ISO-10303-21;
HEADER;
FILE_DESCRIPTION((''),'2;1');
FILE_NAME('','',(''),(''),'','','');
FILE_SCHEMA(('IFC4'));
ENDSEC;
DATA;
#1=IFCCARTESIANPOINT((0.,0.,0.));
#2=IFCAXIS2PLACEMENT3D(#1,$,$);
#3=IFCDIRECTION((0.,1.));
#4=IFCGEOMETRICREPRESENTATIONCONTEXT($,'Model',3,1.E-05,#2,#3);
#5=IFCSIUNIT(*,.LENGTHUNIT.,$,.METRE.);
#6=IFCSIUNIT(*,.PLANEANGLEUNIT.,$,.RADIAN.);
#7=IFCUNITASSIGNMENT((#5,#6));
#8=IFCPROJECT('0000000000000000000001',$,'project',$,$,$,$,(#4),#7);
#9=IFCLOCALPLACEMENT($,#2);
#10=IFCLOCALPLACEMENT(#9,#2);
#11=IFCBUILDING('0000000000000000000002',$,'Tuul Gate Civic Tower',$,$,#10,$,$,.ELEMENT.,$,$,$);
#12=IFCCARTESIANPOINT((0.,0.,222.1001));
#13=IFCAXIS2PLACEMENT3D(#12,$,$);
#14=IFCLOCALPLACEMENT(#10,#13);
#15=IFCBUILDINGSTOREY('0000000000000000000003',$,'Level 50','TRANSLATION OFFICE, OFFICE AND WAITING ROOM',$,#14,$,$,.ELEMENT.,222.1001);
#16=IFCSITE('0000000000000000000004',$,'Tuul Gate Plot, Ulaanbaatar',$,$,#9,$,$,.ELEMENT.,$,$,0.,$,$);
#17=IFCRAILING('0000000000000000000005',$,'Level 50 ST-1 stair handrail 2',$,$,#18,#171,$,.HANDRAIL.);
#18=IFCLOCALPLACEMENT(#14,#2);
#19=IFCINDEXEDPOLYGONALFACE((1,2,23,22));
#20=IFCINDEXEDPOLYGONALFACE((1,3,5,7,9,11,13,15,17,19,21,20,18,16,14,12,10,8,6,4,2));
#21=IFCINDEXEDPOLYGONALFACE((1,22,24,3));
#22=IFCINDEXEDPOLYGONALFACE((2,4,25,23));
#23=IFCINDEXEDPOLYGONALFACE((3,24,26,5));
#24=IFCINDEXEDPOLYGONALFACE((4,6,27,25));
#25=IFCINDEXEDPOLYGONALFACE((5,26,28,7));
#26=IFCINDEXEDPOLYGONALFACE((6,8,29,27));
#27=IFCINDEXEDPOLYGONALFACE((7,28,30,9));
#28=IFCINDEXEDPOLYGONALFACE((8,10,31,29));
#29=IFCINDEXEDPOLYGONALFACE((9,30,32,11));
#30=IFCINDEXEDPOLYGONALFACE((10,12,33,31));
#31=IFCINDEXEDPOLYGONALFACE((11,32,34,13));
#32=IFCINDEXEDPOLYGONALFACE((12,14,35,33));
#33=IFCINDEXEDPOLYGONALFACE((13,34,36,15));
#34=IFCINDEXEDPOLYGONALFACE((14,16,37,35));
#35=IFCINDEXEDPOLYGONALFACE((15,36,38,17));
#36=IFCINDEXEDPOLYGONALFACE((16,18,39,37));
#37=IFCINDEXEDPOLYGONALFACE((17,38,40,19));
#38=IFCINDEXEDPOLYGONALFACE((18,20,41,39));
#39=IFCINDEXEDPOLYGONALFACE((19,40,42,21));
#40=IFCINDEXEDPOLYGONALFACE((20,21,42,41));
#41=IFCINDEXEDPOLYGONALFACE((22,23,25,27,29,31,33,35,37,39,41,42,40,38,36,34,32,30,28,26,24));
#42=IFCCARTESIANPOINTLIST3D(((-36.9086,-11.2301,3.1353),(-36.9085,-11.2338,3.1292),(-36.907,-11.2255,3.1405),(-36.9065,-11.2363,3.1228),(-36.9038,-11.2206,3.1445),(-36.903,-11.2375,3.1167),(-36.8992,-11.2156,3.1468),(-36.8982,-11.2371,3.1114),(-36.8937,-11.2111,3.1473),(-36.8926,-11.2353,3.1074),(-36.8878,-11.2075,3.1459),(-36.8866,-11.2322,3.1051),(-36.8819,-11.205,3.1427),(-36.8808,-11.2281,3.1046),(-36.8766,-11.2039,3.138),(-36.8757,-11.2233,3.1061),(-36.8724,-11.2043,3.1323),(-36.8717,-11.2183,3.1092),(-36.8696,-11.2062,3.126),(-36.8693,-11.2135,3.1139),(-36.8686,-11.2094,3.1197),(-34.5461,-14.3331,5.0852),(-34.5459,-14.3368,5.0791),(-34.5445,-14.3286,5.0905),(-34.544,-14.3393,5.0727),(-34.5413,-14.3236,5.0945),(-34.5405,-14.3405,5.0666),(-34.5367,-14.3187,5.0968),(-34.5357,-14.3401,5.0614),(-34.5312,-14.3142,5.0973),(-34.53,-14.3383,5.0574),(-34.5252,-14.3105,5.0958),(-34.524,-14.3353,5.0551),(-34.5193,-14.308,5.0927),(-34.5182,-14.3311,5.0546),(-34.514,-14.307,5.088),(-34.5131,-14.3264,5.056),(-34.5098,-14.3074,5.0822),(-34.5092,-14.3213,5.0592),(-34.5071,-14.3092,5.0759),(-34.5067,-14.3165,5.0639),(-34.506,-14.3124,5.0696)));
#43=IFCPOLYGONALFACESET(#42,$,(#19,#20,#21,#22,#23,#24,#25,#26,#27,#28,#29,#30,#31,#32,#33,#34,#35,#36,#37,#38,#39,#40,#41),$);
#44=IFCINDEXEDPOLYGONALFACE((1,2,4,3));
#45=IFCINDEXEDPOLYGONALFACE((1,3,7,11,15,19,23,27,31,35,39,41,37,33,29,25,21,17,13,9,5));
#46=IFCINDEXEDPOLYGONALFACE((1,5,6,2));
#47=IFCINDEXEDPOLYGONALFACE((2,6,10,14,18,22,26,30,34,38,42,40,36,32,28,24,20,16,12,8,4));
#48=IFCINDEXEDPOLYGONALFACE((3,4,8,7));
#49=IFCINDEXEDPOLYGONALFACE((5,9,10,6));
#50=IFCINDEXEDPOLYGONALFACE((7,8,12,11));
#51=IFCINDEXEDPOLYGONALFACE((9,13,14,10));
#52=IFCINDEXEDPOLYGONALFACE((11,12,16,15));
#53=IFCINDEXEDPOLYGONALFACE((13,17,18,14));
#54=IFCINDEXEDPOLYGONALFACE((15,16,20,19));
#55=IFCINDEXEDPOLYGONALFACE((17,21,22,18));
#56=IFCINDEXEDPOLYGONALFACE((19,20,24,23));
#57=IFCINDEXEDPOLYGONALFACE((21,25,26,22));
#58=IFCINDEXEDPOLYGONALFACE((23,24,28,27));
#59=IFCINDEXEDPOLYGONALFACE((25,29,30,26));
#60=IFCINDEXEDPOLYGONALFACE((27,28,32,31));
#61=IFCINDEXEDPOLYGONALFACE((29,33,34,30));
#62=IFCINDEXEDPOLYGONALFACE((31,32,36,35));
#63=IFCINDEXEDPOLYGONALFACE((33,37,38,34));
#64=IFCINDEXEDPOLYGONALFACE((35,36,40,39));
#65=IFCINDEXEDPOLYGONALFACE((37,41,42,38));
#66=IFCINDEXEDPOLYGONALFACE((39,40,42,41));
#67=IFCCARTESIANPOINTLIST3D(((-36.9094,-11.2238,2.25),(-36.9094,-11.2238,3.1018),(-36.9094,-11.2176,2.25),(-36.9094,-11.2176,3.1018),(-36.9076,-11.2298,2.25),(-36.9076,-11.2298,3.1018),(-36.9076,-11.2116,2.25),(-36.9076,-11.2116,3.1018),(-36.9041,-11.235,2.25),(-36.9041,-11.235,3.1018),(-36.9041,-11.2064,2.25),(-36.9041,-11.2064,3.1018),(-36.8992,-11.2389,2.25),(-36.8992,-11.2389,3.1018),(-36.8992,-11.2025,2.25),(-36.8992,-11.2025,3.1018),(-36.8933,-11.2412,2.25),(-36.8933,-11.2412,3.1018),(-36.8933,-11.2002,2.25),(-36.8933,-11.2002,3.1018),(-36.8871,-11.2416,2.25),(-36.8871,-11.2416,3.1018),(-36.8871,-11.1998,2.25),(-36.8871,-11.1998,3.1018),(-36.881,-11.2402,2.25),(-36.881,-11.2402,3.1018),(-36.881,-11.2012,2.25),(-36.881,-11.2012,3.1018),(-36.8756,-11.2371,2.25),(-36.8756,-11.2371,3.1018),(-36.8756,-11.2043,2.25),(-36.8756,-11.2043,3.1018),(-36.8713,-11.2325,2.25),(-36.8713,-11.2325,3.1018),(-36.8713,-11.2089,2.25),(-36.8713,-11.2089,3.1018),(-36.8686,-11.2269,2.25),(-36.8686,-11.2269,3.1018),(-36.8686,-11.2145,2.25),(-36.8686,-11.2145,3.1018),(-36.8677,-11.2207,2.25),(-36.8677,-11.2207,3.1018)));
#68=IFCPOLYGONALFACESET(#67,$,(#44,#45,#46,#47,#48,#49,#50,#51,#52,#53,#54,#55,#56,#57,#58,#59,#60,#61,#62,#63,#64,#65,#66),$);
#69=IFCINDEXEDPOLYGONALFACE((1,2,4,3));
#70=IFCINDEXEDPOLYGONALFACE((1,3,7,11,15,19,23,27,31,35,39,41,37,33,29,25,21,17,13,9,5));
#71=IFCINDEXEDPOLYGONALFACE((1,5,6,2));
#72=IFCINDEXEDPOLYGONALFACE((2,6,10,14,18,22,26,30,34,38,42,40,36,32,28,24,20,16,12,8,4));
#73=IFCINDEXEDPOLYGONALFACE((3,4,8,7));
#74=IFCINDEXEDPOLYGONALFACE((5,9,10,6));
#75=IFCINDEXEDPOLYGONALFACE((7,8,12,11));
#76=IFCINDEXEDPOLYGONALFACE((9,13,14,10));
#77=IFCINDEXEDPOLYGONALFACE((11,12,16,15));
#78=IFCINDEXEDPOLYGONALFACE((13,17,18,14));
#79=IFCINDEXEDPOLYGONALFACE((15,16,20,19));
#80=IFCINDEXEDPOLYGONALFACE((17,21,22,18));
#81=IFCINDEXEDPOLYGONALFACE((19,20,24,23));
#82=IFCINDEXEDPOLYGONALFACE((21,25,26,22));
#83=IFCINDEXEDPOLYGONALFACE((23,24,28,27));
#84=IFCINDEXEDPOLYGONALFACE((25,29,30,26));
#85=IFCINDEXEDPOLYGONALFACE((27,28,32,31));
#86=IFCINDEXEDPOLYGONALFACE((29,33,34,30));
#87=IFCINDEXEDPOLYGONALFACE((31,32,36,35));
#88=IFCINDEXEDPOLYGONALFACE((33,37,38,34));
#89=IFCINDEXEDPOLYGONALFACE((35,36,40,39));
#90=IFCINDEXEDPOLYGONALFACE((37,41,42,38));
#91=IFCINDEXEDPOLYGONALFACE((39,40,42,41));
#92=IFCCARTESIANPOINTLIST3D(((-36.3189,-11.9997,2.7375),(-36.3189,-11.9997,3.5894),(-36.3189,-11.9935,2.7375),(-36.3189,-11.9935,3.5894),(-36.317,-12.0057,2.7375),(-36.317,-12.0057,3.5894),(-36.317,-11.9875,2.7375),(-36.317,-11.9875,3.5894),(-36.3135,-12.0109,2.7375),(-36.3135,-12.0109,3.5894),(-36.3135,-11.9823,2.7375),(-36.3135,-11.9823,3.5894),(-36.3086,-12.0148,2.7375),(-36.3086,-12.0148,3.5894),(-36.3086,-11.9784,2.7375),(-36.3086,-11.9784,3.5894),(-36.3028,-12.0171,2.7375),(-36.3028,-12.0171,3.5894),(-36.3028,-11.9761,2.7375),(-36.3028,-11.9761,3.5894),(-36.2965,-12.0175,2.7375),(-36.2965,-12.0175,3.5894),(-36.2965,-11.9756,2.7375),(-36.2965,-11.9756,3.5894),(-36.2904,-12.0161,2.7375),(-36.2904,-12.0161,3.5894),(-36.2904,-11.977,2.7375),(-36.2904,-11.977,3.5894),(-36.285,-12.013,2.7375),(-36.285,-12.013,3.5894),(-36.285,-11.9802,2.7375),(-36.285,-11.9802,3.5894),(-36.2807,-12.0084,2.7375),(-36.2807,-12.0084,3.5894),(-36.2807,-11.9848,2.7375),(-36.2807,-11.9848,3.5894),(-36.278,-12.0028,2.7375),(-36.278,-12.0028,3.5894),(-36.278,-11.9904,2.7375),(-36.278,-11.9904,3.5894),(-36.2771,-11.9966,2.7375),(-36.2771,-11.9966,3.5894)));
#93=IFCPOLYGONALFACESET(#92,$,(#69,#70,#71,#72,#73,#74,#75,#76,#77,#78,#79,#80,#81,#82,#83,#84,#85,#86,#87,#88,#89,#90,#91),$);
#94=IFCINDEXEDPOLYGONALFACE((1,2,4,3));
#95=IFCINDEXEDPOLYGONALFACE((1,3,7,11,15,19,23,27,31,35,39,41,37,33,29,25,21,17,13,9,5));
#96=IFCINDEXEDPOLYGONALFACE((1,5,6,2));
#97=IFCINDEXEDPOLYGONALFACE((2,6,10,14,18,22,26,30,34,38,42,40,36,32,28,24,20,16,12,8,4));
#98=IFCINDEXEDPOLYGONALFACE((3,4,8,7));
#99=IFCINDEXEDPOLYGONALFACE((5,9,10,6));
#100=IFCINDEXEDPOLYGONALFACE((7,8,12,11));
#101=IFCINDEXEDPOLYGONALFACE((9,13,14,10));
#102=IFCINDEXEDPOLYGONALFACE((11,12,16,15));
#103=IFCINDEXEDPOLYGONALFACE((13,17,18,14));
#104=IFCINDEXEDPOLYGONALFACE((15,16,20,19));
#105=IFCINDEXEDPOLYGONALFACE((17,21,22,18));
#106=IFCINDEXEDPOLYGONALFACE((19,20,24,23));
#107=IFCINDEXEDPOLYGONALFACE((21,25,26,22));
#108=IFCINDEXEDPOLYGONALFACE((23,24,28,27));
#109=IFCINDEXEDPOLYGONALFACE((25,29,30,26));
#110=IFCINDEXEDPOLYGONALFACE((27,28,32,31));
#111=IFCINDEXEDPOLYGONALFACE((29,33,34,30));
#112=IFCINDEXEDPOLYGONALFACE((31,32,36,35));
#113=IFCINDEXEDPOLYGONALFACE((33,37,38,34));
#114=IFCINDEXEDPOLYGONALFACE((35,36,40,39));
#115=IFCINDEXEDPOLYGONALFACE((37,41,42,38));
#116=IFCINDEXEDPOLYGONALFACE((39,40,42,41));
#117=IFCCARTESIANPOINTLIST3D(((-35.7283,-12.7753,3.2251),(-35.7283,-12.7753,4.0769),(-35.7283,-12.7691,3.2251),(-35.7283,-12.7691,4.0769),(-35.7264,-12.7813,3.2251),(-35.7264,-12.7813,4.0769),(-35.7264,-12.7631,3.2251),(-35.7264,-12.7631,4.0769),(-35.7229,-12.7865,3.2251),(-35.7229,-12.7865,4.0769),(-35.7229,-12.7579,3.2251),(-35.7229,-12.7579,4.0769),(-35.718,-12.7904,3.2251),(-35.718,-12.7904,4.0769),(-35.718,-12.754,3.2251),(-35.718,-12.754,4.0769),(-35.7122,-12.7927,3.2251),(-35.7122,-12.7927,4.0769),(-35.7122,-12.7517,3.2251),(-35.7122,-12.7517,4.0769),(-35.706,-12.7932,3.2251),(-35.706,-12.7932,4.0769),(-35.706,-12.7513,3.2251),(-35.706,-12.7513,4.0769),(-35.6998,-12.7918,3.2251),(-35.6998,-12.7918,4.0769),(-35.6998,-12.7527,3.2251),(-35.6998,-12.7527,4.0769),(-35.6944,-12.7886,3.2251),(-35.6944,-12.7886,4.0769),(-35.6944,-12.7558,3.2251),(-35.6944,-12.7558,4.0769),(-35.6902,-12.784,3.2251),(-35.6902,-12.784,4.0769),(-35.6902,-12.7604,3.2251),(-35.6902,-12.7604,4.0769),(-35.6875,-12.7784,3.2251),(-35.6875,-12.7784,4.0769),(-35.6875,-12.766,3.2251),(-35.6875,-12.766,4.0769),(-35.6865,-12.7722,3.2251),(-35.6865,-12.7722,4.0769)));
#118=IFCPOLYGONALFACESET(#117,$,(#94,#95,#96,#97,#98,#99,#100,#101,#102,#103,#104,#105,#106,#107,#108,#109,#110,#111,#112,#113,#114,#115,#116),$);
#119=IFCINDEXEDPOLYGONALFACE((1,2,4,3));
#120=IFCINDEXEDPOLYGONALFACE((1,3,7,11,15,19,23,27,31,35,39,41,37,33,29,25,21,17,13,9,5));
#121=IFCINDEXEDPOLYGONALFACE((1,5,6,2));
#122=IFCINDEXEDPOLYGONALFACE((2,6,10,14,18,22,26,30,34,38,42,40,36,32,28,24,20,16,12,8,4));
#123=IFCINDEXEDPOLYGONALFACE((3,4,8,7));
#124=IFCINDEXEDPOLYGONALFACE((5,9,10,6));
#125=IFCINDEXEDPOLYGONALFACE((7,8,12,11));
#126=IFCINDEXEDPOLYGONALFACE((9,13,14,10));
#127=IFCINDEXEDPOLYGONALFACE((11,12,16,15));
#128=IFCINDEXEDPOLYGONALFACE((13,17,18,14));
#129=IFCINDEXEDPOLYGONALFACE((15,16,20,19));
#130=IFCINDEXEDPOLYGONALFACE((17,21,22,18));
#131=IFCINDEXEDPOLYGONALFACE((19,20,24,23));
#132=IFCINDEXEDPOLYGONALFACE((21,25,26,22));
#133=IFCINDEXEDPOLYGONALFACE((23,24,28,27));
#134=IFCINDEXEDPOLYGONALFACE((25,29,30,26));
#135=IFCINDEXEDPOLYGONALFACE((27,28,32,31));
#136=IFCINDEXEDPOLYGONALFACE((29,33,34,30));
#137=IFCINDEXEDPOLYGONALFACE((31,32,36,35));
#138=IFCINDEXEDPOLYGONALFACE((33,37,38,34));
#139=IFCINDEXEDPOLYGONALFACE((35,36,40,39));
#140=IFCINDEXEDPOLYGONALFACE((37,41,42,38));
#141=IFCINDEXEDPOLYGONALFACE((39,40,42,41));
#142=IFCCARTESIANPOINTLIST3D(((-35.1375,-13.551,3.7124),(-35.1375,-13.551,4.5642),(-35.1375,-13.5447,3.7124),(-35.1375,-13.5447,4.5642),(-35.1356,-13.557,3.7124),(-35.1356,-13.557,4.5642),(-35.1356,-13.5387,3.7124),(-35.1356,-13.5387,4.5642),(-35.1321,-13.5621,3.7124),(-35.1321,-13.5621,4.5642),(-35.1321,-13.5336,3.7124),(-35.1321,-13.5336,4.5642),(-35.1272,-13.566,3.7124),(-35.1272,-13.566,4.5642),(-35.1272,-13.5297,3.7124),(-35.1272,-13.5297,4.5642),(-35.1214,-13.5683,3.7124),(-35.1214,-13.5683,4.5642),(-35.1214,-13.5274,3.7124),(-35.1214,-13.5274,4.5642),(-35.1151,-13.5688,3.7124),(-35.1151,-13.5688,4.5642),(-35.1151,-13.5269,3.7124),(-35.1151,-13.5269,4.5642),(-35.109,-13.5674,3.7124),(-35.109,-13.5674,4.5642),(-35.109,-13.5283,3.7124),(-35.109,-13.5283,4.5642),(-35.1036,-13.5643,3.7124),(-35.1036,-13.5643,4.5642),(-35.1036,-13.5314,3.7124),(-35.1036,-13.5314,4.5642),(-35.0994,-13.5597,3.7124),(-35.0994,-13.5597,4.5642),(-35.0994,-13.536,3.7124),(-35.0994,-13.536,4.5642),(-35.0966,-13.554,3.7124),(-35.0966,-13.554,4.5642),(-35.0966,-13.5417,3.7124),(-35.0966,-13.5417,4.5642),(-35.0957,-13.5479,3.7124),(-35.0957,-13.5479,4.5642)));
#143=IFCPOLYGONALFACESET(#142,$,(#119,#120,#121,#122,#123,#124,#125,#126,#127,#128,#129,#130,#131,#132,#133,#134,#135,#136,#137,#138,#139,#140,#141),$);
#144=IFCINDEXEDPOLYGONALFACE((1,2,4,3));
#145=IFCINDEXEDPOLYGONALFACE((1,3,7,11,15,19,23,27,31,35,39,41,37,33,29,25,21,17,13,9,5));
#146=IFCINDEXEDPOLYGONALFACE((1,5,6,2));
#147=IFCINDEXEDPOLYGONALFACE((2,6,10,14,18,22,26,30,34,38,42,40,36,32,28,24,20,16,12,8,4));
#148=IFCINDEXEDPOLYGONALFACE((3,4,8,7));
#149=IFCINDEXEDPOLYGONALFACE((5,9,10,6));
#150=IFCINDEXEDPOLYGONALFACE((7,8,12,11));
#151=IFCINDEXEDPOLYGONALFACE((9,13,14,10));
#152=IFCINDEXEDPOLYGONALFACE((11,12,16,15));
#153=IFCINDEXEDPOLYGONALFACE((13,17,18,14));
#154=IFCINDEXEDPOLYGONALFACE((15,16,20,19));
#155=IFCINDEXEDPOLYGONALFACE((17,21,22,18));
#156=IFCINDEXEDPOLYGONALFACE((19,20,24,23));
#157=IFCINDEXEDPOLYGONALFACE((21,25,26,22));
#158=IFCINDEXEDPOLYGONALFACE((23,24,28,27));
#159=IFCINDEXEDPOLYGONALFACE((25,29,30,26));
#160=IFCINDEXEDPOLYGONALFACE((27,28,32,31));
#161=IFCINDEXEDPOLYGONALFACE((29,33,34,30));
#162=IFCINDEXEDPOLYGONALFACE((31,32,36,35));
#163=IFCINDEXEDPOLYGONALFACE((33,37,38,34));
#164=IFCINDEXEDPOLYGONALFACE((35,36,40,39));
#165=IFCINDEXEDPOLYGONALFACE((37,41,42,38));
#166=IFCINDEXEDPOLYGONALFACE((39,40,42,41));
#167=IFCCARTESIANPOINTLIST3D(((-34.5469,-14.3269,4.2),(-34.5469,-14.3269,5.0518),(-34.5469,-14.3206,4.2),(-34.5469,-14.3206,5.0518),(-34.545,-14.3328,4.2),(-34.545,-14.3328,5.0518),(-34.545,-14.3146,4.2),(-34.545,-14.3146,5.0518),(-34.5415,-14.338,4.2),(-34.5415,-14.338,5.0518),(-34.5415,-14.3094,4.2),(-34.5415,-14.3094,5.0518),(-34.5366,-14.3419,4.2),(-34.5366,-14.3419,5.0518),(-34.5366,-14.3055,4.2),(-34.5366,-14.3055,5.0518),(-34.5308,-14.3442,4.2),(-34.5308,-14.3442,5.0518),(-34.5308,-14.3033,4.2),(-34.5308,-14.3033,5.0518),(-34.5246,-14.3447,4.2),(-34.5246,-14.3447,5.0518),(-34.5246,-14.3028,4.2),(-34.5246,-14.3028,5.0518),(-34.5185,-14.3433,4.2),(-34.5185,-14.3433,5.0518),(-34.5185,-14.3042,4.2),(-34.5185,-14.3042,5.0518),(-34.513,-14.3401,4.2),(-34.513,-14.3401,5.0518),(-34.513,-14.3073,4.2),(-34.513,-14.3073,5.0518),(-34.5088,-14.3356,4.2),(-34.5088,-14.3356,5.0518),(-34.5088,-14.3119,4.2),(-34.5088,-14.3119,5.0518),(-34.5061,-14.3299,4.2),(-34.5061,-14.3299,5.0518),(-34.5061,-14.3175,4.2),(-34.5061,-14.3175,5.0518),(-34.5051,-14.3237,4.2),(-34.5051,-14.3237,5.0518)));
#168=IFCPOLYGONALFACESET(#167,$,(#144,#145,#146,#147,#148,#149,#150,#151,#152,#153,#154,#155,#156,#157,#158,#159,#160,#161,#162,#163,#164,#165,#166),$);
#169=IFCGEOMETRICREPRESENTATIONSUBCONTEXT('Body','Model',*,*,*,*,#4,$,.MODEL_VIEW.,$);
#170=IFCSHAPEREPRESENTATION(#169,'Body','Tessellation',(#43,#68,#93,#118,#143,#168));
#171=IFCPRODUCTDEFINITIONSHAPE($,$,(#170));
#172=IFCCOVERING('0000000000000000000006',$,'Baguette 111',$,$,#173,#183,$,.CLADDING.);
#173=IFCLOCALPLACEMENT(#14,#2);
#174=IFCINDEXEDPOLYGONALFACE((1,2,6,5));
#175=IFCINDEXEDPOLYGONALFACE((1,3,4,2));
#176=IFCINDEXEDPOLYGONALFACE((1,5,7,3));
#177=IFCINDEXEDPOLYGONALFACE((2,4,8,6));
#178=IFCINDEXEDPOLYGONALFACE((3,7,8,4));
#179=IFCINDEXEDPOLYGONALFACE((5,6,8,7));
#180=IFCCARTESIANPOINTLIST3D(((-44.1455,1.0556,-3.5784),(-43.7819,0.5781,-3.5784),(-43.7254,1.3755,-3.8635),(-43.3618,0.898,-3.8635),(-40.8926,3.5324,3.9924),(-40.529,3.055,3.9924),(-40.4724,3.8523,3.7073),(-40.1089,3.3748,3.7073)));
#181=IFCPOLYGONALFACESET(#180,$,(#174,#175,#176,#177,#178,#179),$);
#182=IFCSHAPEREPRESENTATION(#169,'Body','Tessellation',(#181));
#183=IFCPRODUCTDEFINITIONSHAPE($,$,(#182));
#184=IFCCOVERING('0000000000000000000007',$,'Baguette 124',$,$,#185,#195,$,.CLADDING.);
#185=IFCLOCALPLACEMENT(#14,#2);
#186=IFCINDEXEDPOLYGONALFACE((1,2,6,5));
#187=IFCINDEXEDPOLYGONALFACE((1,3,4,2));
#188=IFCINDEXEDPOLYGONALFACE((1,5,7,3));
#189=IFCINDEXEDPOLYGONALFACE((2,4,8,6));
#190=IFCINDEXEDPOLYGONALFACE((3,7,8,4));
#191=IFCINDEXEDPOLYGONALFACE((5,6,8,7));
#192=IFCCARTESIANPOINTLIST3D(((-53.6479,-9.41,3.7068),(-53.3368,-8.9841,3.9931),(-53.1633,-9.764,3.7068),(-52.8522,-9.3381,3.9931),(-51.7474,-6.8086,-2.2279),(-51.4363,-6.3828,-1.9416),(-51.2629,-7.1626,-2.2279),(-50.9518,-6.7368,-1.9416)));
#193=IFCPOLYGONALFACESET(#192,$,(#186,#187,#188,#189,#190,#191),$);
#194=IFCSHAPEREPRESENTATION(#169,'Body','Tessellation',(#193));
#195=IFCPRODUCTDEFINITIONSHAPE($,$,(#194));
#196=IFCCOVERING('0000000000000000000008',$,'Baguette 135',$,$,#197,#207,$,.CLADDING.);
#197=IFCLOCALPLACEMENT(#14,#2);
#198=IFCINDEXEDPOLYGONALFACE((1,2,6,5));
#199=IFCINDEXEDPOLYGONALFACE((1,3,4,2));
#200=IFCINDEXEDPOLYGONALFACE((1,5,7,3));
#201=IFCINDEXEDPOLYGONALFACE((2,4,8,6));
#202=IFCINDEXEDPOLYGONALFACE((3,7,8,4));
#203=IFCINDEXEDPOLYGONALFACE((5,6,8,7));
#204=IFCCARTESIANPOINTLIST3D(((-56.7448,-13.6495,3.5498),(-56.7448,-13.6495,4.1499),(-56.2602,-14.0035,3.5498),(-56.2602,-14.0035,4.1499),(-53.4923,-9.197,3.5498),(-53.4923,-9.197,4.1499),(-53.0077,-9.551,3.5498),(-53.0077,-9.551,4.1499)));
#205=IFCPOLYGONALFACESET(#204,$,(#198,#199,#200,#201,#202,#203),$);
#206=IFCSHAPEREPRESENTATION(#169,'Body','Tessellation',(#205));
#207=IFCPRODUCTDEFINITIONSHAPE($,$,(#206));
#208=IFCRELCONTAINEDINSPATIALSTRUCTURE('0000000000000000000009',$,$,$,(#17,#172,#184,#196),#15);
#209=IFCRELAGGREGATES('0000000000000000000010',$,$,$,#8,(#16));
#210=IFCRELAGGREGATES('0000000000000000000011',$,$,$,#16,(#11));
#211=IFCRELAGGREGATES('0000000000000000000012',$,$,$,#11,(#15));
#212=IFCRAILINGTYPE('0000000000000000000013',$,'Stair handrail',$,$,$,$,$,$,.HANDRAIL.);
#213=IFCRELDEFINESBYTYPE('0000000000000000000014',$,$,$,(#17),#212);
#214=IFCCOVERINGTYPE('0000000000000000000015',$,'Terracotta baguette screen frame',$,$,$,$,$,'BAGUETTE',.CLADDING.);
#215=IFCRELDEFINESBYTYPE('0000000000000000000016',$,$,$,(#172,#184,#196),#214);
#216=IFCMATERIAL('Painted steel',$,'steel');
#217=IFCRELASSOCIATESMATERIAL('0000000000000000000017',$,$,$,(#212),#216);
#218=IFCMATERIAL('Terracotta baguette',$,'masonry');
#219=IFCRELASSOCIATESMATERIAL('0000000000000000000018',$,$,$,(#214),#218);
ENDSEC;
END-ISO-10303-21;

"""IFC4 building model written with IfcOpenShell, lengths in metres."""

from ifc_helpers import new_model, si_unit, direction, frame, origin, origin_2d, place, context, subcontext, project, spatial, rectangle, circle, extrude, material, material_profile, profile_set, type_object, element, save


model = new_model("IFC4")

# Units and contexts
model_context = context("Model", 3, precision=1e-05, world=origin(), true_north=direction((0.0, 1.0)))
body_context = subcontext(model_context, "Body", "Model", "MODEL_VIEW")
ifc_project = project(units=[si_unit("LENGTHUNIT", "METRE"), si_unit("PLANEANGLEUNIT", "RADIAN")], contexts=[model_context])

# Site, building, storey
site_placement = place(None, origin())
site = spatial("IfcSite", under=ifc_project, at=site_placement, Name="Tuul Gate Plot, Ulaanbaatar", CompositionType="ELEMENT", RefElevation=0.0)
building_placement = place(site_placement, origin())
building = spatial("IfcBuilding", under=site, at=building_placement, Name="Tuul Gate Civic Tower", CompositionType="ELEMENT")
storey_placement = place(building_placement, frame((0.0, 0.0, 222.1001)))
storey = spatial("IfcBuildingStorey", under=building, at=storey_placement, Name="Level 50", Description="TRANSLATION OFFICE, OFFICE AND WAITING ROOM", CompositionType="ELEMENT", Elevation=222.1001)

# Railing
ifc_material_1 = material(Name="Painted steel", Category="steel")
railing_type = type_object("IfcRailingType", Name="Stair handrail", PredefinedType="HANDRAIL", material=ifc_material_1)
railing_placement = place(storey_placement, frame((-36.8887, -11.2207, 2.25)))
element("IfcRailing", 1, at=railing_placement, inside=storey, type_object=railing_type, Name="Level 50 ST-1 stair handrail 2", PredefinedType="HANDRAIL", context=body_context, shape_type="SweptSolid", body=[
    extrude(circle(Radius=0.0239, at=origin_2d()), frame((0.0, 0.0, 0.876), z_axis=(0.541824, -0.711645, 0.4472), x_axis=(0.795637, 0.605773, 0.0)), (0.0, 0.0, 1.0), 4.3604),
    extrude(circle(Radius=0.021, at=origin_2d()), origin(), (0.0, 0.0, 1.0), 0.8518),
    extrude(circle(Radius=0.021, at=origin_2d()), frame((0.5906, -0.7759, 0.4875)), (0.0, 0.0, 1.0), 0.8518),
    extrude(circle(Radius=0.021, at=origin_2d()), frame((1.1812, -1.5515, 0.9751)), (0.0, 0.0, 1.0), 0.8518),
    extrude(circle(Radius=0.021, at=origin_2d()), frame((1.772, -2.3271, 1.4624)), (0.0, 0.0, 1.0), 0.8518),
    extrude(circle(Radius=0.021, at=origin_2d()), frame((2.3625, -3.103, 1.95)), (0.0, 0.0, 1.0), 0.8518),
])

# Coverings
ifc_material_2 = material(Name="Terracotta baguette", Category="masonry")
ifc_material_profile_1 = material_profile(ifc_material_2, rectangle(XDim=0.6001, YDim=0.6001, at=origin_2d()), Name="Terracotta baguette screen frame")
ifc_profile_set_1 = profile_set([ifc_material_profile_1], Name="Terracotta baguette")
covering_type = type_object("IfcCoveringType", Name="Terracotta baguette screen frame", ElementType="BAGUETTE", PredefinedType="CLADDING", material=ifc_profile_set_1)
covering_1_placement = place(storey_placement, frame((-40.5007, 3.4536, 3.8499), z_axis=(-0.378061, -0.287858, -0.879891), x_axis=(0.605793, -0.795622, 0.0)))
element("IfcCovering", 2, at=covering_1_placement, inside=storey, type_object=covering_type, Name="Baguette 111", PredefinedType="CLADDING", context=body_context, shape_type="SweptSolid", body=[
    extrude(rectangle(XDim=0.6001, YDim=0.6001, at=origin_2d()), origin(), (0.0, 0.0, 1.0), 8.6042),
])
covering_2_placement = place(storey_placement, frame((-51.3496, -6.7727, -2.0847), z_axis=(-0.281431, -0.385233, 0.878858), x_axis=(0.807476, -0.589901, 0.0)))
element("IfcCovering", 3, at=covering_2_placement, inside=storey, type_object=covering_type, Name="Baguette 124", PredefinedType="CLADDING", context=body_context, shape_type="SweptSolid", body=[
    extrude(rectangle(XDim=0.6001, YDim=0.6001, at=origin_2d()), origin(), (0.0, 0.0, 1.0), 6.7527),
])
covering_3_placement = place(storey_placement, frame((-53.25, -9.374, 3.8499), z_axis=(-0.589871, -0.807497, 0.0), x_axis=(0.807497, -0.589871, 0.0)))
element("IfcCovering", 4, at=covering_3_placement, inside=storey, type_object=covering_type, Name="Baguette 135", PredefinedType="CLADDING", context=body_context, shape_type="SweptSolid", body=[
    extrude(rectangle(XDim=0.6001, YDim=0.6001, at=origin_2d()), origin(), (0.0, 0.0, 1.0), 5.5139),
])

save(model, "model.ifc")
